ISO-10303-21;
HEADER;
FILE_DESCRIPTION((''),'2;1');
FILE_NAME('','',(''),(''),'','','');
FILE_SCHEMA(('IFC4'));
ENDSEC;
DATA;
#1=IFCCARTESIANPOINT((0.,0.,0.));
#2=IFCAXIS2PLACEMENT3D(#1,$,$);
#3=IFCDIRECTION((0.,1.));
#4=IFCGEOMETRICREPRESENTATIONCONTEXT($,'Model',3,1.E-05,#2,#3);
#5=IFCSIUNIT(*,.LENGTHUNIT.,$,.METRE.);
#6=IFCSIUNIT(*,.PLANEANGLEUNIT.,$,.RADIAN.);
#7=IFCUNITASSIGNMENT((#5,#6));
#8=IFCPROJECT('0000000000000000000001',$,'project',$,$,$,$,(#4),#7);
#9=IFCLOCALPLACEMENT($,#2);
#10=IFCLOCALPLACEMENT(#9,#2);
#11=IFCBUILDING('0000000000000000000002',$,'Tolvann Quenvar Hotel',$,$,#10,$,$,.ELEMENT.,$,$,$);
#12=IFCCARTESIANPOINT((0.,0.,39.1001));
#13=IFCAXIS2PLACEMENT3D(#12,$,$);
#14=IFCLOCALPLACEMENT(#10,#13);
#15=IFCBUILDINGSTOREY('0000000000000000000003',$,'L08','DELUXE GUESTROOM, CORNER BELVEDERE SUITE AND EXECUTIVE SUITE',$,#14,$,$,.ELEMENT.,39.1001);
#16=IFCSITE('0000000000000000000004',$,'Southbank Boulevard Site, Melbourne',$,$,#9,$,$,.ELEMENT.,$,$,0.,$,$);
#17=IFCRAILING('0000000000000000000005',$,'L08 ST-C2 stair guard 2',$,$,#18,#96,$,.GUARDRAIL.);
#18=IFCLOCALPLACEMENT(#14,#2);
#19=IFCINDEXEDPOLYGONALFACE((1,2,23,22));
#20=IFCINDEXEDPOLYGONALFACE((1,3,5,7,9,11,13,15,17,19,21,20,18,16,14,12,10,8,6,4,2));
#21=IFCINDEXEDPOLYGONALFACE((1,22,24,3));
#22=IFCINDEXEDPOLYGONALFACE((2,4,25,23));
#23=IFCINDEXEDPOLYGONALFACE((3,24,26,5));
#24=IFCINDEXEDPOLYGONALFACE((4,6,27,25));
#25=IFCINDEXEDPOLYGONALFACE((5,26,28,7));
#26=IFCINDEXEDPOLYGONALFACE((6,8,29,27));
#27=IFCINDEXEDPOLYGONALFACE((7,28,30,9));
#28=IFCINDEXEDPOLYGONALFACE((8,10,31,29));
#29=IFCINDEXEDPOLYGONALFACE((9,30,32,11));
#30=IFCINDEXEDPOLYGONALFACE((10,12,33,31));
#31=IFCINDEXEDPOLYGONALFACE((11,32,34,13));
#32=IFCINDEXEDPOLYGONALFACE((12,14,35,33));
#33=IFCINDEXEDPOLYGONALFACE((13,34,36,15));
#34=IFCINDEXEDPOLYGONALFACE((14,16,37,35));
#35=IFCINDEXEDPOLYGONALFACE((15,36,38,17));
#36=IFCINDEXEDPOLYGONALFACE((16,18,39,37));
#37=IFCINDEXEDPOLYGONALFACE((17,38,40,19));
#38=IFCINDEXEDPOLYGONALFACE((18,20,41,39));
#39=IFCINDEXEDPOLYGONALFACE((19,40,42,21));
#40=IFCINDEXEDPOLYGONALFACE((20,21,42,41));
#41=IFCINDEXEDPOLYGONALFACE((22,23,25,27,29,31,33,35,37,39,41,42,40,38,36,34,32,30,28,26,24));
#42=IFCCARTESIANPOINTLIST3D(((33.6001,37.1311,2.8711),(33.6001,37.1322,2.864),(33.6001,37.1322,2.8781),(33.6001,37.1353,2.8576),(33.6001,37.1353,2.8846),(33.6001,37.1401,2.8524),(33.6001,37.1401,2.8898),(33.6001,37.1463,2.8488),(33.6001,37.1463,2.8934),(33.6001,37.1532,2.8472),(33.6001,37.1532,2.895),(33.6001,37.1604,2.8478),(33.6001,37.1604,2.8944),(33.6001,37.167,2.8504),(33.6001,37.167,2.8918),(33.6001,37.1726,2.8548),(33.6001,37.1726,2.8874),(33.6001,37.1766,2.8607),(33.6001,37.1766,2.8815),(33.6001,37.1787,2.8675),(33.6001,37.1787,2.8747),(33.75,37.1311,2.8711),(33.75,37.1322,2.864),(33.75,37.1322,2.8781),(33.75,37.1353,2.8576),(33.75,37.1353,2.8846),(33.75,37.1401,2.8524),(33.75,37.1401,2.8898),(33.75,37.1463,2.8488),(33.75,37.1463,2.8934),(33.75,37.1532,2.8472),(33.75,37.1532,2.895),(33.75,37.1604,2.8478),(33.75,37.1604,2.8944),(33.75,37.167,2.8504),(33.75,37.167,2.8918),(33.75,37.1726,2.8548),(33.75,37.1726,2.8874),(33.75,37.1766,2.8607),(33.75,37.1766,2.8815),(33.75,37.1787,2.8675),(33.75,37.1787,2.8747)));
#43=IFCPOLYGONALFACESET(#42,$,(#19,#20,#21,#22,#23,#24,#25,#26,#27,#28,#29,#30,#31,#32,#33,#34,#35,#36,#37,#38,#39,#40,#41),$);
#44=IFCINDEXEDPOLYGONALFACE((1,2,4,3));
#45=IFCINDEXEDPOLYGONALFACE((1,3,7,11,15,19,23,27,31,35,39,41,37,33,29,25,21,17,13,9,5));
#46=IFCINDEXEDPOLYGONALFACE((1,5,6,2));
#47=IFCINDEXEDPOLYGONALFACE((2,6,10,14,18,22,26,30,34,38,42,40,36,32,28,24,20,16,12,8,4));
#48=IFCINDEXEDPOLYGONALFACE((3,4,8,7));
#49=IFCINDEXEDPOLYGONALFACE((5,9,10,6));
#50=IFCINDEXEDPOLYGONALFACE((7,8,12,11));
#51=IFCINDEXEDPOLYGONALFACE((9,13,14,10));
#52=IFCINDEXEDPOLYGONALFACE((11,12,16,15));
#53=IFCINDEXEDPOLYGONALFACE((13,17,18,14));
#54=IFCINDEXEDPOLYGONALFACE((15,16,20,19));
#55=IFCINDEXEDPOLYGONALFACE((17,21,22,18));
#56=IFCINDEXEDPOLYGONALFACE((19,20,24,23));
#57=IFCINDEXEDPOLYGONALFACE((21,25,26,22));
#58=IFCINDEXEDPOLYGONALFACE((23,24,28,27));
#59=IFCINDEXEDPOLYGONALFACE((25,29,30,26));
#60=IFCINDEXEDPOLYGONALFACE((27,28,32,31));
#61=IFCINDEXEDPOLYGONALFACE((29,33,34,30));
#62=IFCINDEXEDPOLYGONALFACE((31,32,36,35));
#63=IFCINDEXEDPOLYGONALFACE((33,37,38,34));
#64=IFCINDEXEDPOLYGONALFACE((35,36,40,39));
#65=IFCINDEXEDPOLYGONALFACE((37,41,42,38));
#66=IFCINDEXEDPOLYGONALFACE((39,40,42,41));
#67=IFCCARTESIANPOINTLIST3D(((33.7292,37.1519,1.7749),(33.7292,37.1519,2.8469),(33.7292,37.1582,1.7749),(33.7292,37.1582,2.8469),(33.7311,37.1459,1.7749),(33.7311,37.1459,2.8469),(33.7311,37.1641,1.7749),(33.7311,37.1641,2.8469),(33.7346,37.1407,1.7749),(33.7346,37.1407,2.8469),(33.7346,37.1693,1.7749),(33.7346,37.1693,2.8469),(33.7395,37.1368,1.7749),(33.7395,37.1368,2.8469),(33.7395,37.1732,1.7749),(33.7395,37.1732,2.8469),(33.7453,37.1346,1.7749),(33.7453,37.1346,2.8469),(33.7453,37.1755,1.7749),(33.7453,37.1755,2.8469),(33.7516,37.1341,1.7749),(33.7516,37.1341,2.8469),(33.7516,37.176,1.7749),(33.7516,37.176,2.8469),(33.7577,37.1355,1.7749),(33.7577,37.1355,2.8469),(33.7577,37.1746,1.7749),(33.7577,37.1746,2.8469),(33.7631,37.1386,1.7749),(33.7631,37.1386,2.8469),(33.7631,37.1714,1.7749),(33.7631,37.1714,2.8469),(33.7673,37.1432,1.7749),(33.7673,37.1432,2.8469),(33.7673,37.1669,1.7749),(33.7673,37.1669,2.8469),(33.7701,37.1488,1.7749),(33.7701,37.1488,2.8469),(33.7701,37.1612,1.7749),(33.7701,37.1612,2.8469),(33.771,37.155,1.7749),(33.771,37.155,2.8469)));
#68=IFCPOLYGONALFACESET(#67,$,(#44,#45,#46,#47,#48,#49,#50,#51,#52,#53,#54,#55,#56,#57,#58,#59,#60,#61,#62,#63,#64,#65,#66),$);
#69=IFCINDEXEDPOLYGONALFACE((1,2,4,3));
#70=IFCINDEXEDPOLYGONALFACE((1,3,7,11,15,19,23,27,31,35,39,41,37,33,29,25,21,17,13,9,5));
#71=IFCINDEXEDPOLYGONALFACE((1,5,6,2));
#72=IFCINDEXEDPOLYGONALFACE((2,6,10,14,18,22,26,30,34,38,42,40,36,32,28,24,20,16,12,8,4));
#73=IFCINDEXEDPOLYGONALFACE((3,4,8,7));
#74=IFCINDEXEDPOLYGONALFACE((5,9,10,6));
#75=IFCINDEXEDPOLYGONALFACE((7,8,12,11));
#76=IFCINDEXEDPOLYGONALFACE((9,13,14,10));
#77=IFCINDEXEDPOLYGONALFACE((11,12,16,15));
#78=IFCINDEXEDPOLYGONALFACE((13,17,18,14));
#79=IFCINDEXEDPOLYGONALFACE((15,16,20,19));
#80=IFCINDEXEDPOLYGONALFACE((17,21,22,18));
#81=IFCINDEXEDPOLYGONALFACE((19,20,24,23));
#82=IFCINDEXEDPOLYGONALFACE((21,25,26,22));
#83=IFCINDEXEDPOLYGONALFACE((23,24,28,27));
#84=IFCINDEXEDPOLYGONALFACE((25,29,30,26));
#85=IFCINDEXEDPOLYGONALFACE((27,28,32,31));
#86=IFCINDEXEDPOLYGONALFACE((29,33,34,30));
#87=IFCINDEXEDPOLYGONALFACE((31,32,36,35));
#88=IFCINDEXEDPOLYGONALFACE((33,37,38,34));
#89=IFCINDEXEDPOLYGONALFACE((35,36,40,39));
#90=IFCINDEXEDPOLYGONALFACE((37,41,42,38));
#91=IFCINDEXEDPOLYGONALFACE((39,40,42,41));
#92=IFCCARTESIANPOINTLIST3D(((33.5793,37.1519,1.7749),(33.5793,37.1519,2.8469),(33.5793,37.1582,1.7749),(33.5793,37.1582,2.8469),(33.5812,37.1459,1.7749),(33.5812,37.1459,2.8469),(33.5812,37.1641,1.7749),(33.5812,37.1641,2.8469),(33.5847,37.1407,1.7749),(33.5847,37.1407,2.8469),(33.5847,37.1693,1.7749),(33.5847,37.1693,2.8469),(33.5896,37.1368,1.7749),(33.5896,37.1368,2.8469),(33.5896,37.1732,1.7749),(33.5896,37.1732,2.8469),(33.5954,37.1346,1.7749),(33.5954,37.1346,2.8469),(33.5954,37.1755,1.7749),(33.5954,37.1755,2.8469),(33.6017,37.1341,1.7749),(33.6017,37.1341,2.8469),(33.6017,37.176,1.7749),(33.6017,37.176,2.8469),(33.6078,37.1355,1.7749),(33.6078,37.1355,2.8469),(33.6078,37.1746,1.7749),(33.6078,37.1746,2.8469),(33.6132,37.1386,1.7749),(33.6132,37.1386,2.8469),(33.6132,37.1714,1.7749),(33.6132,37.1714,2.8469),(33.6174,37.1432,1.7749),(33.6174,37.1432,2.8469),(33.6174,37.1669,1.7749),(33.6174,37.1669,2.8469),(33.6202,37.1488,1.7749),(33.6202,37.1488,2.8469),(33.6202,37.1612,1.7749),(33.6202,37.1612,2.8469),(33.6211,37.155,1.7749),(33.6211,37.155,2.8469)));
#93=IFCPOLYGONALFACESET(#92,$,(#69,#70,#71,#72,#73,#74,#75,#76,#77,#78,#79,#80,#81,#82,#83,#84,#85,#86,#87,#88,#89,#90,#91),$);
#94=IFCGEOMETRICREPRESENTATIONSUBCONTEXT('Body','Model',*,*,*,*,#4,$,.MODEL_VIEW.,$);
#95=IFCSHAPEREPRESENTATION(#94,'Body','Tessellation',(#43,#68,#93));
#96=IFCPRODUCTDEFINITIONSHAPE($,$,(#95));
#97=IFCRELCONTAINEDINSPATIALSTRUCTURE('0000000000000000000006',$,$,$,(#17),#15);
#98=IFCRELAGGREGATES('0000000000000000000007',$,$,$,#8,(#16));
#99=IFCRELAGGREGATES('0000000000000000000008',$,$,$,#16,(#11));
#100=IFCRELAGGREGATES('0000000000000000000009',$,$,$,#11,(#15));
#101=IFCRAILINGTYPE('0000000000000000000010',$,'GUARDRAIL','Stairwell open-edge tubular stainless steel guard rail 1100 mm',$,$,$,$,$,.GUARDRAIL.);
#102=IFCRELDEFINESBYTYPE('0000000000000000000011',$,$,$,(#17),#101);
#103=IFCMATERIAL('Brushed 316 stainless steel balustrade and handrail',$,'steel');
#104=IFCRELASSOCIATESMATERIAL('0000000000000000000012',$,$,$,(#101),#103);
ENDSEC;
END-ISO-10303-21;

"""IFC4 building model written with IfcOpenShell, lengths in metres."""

from ifc_helpers import new_model, si_unit, direction, frame, origin, origin_2d, place, context, subcontext, project, spatial, circle, extrude, material, type_object, element, save


model = new_model("IFC4")

# Units and contexts
model_context = context("Model", 3, precision=1e-05, world=origin(), true_north=direction((0.0, 1.0)))
body_context = subcontext(model_context, "Body", "Model", "MODEL_VIEW")
ifc_project = project(units=[si_unit("LENGTHUNIT", "METRE"), si_unit("PLANEANGLEUNIT", "RADIAN")], contexts=[model_context])

# Site, building, storey
site_placement = place(None, origin())
site = spatial("IfcSite", under=ifc_project, at=site_placement, Name="Southbank Boulevard Site, Melbourne", CompositionType="ELEMENT", RefElevation=0.0)
building_placement = place(site_placement, origin())
building = spatial("IfcBuilding", under=site, at=building_placement, Name="Tolvann Quenvar Hotel", CompositionType="ELEMENT")
storey_placement = place(building_placement, frame((0.0, 0.0, 39.1001)))
storey = spatial("IfcBuildingStorey", under=building, at=storey_placement, Name="L08", Description="DELUXE GUESTROOM, CORNER BELVEDERE SUITE AND EXECUTIVE SUITE", CompositionType="ELEMENT", Elevation=39.1001)

# Railing
ifc_material_1 = material(Name="Brushed 316 stainless steel balustrade and handrail", Category="steel")
railing_type_1 = type_object("IfcRailingType", Name="GUARDRAIL", Description="Stairwell open-edge tubular stainless steel guard rail 1100 mm", PredefinedType="GUARDRAIL", material=ifc_material_1)
railing_1_placement = place(storey_placement, frame((33.75, 37.155, 1.7749)))
element("IfcRailing", 1, at=railing_1_placement, inside=storey, type_object=railing_type_1, Name="L08 ST-C2 stair guard 2", PredefinedType="GUARDRAIL", context=body_context, shape_type="SweptSolid", body=[
    extrude(circle(Radius=0.0239, at=origin_2d()), frame((0.0, 0.0, 1.0962), z_axis=(-1.0, 0.0, 0.0), x_axis=(0.0, -1.0, 0.0)), (0.0, 0.0, 1.0), 0.1499),
    extrude(circle(Radius=0.021, at=origin_2d()), origin(), (0.0, 0.0, 1.0), 1.072),
    extrude(circle(Radius=0.021, at=origin_2d()), frame((-0.1499, 0.0, 0.0)), (0.0, 0.0, 1.0), 1.072),
])

save(model, "model.ifc")
